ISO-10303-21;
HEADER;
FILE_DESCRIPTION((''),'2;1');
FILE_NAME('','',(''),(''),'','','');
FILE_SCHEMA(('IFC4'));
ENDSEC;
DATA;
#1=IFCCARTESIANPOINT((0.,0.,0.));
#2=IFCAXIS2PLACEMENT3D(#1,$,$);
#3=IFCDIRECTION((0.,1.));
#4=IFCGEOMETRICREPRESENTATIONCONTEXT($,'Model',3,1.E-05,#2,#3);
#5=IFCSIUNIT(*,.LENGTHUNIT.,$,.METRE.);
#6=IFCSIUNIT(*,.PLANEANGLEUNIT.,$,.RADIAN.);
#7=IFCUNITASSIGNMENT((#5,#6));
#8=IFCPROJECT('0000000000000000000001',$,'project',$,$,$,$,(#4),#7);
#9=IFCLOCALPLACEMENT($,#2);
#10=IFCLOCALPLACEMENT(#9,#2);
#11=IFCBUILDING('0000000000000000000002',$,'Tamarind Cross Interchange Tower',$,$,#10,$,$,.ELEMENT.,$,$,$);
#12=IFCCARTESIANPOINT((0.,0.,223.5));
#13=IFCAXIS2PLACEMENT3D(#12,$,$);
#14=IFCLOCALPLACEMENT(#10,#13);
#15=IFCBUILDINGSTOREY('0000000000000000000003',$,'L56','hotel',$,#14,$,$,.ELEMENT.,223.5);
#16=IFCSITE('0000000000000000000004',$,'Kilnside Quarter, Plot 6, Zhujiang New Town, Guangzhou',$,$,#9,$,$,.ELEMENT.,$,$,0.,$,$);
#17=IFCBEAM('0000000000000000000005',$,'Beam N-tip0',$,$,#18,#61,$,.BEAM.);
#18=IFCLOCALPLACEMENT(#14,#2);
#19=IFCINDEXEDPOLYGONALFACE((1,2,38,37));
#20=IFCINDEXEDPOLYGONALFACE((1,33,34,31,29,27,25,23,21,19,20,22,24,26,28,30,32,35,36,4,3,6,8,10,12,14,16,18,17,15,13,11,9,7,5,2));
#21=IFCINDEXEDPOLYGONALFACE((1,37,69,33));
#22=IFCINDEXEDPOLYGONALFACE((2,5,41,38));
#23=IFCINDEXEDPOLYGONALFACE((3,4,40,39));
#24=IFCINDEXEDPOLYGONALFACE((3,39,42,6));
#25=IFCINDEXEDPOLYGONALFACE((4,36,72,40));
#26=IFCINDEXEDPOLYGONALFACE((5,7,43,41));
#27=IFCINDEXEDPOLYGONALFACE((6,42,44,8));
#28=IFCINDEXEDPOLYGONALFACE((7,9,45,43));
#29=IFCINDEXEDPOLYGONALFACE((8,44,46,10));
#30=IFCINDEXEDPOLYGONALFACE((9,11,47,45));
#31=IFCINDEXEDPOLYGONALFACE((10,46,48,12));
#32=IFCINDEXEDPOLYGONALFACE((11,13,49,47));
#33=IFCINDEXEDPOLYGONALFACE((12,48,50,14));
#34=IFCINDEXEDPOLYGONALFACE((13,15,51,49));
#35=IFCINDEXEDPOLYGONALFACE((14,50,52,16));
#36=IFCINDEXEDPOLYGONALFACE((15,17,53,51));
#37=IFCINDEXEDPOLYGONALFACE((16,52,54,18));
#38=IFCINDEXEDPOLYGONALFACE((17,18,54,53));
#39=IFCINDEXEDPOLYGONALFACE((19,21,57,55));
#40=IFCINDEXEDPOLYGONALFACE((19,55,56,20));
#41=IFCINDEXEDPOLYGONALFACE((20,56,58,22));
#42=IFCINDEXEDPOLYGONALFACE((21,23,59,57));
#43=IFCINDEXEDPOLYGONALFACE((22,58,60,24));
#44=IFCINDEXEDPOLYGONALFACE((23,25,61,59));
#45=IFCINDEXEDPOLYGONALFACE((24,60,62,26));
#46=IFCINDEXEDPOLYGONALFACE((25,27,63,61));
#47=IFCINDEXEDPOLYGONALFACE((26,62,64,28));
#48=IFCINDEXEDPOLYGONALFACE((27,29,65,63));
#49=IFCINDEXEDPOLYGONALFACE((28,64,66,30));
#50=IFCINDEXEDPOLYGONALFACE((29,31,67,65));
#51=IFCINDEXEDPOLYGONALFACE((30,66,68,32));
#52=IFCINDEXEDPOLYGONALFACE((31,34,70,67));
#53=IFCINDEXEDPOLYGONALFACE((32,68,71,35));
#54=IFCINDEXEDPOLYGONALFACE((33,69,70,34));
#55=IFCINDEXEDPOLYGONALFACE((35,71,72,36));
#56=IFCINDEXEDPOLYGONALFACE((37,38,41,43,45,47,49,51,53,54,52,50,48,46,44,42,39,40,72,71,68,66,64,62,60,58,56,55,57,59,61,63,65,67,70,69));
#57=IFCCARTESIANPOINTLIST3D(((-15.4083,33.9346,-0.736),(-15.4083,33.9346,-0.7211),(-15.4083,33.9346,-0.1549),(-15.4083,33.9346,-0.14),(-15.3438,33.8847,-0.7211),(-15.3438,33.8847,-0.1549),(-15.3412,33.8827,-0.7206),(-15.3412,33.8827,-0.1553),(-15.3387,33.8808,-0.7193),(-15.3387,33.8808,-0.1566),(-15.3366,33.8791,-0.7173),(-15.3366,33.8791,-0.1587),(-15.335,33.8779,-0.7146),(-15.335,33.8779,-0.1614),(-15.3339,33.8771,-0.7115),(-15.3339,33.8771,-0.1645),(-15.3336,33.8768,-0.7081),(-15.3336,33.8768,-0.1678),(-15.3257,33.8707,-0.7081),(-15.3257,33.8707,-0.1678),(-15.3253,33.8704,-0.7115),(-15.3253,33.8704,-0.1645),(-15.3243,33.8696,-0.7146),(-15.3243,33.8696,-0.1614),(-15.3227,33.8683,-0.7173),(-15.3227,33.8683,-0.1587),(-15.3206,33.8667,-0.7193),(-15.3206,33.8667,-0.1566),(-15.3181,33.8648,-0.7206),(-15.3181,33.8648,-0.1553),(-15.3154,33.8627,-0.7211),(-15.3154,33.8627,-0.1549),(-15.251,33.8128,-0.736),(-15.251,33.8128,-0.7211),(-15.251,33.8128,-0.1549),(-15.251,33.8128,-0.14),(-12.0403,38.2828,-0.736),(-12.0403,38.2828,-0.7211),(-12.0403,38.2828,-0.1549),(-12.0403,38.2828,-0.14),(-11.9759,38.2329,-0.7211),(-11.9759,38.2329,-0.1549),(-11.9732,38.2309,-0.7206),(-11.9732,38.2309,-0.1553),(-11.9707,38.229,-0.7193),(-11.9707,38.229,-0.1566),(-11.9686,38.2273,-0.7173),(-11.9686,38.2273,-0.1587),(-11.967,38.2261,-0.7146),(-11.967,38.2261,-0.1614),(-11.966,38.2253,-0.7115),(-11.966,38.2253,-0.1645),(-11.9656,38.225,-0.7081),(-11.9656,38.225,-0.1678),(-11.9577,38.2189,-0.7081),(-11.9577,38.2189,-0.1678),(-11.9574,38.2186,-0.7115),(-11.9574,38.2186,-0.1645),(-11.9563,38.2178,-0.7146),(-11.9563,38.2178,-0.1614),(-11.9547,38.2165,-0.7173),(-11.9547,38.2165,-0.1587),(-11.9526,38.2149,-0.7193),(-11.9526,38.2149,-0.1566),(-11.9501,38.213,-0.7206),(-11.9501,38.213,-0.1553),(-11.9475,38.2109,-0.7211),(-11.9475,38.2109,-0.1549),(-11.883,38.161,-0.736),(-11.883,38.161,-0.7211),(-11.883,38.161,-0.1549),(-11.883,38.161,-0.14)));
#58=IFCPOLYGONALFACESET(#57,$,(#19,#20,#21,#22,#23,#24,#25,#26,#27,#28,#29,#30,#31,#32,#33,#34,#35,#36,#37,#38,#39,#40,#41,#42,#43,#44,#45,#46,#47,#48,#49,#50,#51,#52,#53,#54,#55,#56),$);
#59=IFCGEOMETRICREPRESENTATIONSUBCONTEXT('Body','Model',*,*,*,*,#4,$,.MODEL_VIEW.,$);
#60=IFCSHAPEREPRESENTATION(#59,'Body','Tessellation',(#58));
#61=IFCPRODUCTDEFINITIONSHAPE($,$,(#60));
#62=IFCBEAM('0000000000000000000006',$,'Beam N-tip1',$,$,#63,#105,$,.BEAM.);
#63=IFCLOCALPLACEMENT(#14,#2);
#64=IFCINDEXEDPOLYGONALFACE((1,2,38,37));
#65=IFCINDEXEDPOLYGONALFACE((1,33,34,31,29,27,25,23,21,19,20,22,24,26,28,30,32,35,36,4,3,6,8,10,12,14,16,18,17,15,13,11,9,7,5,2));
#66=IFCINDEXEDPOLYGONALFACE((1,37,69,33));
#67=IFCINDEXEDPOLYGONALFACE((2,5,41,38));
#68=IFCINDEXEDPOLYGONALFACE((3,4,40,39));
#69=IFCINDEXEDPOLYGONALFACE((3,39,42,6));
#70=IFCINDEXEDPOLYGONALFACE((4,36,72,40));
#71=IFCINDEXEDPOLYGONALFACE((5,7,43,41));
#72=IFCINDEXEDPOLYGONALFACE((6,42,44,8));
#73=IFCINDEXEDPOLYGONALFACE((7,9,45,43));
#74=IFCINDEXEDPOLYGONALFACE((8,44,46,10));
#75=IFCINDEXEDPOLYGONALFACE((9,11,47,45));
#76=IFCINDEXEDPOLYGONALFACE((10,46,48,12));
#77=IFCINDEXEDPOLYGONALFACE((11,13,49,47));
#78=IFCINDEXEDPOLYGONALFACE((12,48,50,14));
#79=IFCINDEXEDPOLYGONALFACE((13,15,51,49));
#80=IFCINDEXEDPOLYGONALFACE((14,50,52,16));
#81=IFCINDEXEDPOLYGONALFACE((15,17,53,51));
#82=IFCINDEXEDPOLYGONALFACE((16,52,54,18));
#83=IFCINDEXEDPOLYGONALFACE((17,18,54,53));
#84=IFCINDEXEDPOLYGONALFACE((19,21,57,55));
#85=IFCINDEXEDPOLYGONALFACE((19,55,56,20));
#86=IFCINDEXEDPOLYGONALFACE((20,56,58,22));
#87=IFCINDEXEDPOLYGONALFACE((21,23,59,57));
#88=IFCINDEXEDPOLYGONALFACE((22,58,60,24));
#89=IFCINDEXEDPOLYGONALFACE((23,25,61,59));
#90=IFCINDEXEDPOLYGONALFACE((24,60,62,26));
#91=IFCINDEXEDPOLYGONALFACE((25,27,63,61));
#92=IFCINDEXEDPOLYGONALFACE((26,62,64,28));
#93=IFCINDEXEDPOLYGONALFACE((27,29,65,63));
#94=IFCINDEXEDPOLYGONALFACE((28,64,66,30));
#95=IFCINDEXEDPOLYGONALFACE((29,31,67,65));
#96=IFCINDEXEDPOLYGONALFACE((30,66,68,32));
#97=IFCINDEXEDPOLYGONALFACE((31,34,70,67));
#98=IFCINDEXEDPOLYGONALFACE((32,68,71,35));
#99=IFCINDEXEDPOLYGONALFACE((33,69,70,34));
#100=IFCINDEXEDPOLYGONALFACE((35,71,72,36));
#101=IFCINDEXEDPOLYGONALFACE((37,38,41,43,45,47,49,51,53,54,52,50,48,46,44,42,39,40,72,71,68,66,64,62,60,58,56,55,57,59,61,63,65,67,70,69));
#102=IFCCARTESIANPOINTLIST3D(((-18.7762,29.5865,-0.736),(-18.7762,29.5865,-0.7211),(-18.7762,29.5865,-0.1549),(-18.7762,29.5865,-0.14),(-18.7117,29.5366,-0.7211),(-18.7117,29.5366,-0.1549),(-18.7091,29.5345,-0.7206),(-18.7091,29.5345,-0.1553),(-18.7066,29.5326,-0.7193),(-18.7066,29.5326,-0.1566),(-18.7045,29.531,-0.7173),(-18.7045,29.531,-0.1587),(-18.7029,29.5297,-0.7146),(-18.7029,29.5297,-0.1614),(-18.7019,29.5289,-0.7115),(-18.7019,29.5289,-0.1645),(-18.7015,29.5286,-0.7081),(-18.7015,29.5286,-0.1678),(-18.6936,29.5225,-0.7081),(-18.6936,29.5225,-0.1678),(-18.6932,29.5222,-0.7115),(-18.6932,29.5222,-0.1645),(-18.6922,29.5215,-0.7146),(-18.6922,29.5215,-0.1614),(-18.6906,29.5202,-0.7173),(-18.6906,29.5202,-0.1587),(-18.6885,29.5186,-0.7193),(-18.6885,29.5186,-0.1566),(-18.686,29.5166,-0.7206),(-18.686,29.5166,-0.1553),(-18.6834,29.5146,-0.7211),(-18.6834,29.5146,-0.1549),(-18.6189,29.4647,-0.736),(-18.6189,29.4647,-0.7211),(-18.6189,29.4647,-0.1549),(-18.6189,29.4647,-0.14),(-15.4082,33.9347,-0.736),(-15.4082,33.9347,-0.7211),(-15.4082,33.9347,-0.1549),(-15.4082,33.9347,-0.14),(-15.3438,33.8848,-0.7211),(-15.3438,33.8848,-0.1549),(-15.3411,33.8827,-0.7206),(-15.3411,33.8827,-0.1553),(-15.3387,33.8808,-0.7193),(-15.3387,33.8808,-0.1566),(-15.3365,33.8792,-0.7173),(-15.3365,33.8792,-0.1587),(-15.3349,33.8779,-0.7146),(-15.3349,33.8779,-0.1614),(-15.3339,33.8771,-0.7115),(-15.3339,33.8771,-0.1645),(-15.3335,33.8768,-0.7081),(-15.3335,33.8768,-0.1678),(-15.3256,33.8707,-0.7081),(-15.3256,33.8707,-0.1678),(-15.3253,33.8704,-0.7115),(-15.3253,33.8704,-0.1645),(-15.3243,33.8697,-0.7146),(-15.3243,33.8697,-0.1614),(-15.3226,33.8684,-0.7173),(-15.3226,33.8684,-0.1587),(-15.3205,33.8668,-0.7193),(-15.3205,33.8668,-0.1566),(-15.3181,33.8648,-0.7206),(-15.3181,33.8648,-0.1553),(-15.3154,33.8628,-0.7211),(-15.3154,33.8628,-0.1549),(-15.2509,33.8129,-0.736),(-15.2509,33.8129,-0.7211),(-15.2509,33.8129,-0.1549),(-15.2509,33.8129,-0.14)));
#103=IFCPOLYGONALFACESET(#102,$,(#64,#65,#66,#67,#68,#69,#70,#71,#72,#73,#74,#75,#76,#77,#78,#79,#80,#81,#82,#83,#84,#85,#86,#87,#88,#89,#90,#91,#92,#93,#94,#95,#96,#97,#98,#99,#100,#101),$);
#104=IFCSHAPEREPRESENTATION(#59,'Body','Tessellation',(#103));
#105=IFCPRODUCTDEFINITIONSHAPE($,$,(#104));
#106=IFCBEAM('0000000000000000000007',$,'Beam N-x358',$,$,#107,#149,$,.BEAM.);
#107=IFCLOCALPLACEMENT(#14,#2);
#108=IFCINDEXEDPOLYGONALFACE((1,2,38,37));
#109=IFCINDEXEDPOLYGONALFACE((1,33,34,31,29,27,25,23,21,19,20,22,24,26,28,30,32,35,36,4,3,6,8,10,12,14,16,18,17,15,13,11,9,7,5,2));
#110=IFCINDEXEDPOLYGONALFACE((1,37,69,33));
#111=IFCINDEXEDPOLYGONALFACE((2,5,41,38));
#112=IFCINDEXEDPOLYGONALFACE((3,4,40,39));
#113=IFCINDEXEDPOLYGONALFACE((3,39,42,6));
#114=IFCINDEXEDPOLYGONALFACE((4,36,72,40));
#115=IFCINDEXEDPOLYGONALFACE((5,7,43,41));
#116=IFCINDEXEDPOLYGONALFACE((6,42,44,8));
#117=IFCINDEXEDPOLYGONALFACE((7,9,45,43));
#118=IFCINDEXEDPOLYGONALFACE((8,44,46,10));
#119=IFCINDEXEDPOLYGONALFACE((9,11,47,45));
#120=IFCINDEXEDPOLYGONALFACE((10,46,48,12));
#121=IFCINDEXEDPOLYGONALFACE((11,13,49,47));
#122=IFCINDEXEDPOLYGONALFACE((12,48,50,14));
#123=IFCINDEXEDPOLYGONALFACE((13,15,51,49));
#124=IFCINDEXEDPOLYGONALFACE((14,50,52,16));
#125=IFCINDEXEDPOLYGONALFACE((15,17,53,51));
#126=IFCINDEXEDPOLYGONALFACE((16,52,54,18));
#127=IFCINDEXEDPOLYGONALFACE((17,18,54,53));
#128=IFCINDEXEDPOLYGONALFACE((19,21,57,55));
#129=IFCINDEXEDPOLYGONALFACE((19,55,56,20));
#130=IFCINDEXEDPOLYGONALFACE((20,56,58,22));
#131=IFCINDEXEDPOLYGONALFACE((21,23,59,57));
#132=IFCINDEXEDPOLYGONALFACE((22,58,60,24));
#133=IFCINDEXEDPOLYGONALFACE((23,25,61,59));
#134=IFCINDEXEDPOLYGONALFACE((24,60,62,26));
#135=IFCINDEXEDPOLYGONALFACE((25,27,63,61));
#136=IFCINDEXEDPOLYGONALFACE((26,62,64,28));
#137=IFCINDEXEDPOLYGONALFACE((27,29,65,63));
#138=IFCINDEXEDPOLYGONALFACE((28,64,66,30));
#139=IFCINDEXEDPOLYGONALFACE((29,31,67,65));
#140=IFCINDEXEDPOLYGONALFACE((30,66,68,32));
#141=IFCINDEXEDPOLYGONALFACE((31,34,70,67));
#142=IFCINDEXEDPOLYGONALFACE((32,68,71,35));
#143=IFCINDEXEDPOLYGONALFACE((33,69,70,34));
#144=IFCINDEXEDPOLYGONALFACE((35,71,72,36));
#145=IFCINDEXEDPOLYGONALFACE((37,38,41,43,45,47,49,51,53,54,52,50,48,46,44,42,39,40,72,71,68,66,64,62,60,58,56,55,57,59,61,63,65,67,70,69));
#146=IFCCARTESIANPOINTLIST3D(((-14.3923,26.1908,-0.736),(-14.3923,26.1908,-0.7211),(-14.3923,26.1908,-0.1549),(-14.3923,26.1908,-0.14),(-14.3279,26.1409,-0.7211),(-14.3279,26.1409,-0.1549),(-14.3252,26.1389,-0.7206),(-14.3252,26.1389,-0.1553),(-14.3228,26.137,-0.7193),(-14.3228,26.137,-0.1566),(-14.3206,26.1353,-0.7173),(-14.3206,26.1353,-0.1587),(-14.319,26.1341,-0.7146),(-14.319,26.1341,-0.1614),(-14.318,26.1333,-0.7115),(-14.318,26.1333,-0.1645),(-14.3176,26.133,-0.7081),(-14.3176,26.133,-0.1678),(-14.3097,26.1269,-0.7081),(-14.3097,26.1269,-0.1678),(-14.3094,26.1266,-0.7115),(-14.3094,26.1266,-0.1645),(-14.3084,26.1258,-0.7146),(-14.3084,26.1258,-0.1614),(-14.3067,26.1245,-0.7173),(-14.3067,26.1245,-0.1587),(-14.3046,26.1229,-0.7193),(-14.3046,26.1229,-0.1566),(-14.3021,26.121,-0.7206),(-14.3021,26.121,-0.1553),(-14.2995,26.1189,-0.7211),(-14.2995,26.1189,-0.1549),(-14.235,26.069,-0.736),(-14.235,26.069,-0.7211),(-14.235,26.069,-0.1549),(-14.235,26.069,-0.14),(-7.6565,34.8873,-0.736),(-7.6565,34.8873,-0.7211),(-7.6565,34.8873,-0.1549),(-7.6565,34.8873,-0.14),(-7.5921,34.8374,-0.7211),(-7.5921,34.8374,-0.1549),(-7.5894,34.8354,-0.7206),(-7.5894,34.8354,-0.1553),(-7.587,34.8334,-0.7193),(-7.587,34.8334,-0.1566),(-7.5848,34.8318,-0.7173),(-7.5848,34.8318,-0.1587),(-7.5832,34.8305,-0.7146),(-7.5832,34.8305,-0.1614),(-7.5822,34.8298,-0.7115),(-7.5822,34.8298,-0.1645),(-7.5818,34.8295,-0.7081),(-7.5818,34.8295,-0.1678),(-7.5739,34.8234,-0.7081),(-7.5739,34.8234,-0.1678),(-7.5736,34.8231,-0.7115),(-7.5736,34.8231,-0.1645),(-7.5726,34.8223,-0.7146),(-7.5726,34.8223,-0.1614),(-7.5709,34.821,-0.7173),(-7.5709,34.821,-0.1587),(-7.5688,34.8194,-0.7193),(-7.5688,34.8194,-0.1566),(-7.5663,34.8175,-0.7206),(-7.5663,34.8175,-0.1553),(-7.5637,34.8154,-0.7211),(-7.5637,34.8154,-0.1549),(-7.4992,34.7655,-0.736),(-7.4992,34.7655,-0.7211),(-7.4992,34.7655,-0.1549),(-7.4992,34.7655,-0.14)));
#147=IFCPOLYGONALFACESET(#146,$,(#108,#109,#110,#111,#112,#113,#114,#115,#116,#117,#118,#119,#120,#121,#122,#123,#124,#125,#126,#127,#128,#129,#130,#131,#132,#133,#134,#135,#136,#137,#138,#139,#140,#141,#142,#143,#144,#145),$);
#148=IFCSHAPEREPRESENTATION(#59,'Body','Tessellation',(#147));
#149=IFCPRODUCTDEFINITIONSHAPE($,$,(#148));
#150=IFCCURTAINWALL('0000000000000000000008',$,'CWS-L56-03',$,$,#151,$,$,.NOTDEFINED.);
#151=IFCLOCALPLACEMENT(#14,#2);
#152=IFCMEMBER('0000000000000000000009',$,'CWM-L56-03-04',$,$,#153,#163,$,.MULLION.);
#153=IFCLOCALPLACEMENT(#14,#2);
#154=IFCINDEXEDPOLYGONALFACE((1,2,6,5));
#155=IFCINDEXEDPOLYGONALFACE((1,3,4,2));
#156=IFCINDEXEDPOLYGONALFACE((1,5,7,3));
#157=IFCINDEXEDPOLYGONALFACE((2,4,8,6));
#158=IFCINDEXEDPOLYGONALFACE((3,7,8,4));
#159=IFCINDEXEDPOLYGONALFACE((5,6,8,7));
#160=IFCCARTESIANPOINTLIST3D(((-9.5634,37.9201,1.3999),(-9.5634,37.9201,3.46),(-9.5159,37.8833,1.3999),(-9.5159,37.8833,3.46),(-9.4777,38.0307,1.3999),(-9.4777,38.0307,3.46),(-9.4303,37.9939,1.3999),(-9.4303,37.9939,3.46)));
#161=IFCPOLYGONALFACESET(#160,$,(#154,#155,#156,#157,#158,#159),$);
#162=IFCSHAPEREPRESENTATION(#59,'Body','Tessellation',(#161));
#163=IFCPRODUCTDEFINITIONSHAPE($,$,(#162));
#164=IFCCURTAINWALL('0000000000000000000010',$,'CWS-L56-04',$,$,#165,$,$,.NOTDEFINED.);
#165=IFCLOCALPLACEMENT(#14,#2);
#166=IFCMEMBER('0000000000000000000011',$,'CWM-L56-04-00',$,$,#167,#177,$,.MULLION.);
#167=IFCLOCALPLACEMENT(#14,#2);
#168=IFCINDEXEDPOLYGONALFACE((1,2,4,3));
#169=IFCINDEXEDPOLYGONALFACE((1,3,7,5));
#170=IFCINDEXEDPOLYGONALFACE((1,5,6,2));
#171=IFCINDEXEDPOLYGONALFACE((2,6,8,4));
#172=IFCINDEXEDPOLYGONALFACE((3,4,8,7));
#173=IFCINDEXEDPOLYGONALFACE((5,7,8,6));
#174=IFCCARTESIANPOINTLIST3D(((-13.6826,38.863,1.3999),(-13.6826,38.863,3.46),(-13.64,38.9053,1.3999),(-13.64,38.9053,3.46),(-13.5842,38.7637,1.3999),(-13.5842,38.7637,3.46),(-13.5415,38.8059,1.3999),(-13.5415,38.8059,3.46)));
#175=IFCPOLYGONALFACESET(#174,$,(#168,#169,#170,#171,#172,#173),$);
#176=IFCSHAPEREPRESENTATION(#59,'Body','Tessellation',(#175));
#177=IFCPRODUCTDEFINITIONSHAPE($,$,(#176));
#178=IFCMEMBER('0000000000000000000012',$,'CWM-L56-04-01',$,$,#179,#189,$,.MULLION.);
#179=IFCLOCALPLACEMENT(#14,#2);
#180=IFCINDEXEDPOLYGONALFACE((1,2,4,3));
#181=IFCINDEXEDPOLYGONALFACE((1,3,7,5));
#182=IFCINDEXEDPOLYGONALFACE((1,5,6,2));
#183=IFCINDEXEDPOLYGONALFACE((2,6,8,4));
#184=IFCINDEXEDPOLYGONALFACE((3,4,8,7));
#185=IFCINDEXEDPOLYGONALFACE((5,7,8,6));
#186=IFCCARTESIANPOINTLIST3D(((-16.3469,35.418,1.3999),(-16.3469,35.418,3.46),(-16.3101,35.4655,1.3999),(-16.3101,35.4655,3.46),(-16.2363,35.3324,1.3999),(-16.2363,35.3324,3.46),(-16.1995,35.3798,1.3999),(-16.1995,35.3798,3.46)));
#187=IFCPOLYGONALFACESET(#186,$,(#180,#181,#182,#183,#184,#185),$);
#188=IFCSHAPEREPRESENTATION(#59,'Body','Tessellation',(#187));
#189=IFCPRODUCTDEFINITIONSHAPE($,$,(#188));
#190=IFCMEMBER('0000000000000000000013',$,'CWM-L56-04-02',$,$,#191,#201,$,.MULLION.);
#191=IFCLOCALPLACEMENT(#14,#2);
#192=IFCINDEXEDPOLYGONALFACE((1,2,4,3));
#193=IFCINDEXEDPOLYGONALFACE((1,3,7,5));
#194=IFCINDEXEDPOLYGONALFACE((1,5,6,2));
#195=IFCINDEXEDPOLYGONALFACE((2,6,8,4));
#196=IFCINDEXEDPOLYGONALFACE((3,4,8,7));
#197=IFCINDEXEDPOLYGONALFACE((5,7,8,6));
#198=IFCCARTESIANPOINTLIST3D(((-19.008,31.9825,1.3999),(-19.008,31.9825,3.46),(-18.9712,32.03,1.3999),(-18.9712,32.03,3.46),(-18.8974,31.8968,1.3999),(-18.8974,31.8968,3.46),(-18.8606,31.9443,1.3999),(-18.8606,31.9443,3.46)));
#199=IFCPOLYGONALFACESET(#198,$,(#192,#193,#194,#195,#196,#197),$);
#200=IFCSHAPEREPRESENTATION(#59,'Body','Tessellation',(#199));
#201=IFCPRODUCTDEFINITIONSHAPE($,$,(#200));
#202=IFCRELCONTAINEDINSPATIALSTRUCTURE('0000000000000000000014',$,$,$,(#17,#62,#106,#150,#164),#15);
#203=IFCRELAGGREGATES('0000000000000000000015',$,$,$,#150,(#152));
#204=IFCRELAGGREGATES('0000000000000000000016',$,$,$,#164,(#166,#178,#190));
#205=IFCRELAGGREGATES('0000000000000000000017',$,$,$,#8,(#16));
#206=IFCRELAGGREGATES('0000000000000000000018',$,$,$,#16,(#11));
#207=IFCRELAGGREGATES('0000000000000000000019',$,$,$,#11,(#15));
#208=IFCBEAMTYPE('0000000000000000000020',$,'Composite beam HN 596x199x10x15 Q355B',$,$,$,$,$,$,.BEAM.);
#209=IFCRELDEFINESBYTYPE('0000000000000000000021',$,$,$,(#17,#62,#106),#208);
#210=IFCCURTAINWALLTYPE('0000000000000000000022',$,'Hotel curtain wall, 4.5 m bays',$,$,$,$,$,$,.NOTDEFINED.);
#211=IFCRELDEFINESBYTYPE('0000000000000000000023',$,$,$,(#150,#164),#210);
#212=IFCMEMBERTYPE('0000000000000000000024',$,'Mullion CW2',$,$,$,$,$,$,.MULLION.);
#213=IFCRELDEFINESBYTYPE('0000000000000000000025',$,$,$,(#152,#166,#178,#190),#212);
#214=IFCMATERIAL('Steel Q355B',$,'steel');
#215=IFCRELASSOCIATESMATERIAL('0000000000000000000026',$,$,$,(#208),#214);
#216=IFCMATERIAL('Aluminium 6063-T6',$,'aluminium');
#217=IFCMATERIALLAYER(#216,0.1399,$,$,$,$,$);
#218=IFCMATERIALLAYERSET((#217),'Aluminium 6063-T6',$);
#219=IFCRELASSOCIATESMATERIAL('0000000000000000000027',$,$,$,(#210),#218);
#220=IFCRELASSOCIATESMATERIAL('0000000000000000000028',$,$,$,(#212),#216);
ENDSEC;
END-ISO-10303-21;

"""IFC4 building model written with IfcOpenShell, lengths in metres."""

from ifc_helpers import new_model, si_unit, direction, frame, origin, origin_2d, place, context, subcontext, project, spatial, rectangle, i_section, extrude, material, layer, layer_set, material_profile, profile_set, type_object, element, aggregate, save


model = new_model("IFC4")

# Units and contexts
model_context = context("Model", 3, precision=1e-05, world=origin(), true_north=direction((0.0, 1.0)))
body_context = subcontext(model_context, "Body", "Model", "MODEL_VIEW")
ifc_project = project(units=[si_unit("LENGTHUNIT", "METRE"), si_unit("PLANEANGLEUNIT", "RADIAN")], contexts=[model_context])

# Site, building, storey
site_placement = place(None, origin())
site = spatial("IfcSite", under=ifc_project, at=site_placement, Name="Kilnside Quarter, Plot 6, Zhujiang New Town, Guangzhou", CompositionType="ELEMENT", RefElevation=0.0)
building_placement = place(site_placement, origin())
building = spatial("IfcBuilding", under=site, at=building_placement, Name="Tamarind Cross Interchange Tower", CompositionType="ELEMENT")
storey_placement = place(building_placement, frame((0.0, 0.0, 223.5)))
storey = spatial("IfcBuildingStorey", under=building, at=storey_placement, Name="L56", Description="hotel", CompositionType="ELEMENT", Elevation=223.5)

# Beams
ifc_material_1 = material(Name="Steel Q355B", Category="steel")
ifc_material_profile_1 = material_profile(ifc_material_1, i_section(OverallWidth=0.199, OverallDepth=0.5959, WebThickness=0.01, FlangeThickness=0.0149, FilletRadius=0.0129, at=origin_2d()), Name="HN 596x199x10x15")
ifc_profile_set_1 = profile_set([ifc_material_profile_1], Name="Steel Q355B")
beam_type_1 = type_object("IfcBeamType", Name="Composite beam HN 596x199x10x15 Q355B", PredefinedType="BEAM", material=ifc_profile_set_1)
for number, where, z_axis, x_axis, name in (
    (1, (-11.9617, 38.2219, -0.438), (-0.612357, -0.790582, 0.0), (0.790582, -0.612357, 0.0), "Beam N-tip0"),
    (2, (-15.3296, 33.8738, -0.438), (-0.612357, -0.790582, 0.0), (0.790582, -0.612357, 0.0), "Beam N-tip1"),
):
    element("IfcBeam", number, at=place(storey_placement, frame(where, z_axis=z_axis, x_axis=x_axis)), inside=storey, type_object=beam_type_1, Name=name, PredefinedType="BEAM", context=body_context, shape_type="SweptSolid", body=[
        extrude(i_section(OverallWidth=0.199, OverallDepth=0.5959, WebThickness=0.01, FlangeThickness=0.0149, FilletRadius=0.0129, at=origin_2d()), origin(), (0.0, 0.0, 1.0), 5.5),
    ])
beam_1_placement = place(storey_placement, frame((-7.5779, 34.8264, -0.438), z_axis=(-0.612346, -0.79059, 0.0), x_axis=(0.79059, -0.612346, 0.0)))
element("IfcBeam", 3, at=beam_1_placement, inside=storey, type_object=beam_type_1, Name="Beam N-x358", PredefinedType="BEAM", context=body_context, shape_type="SweptSolid", body=[
    extrude(i_section(OverallWidth=0.199, OverallDepth=0.5959, WebThickness=0.01, FlangeThickness=0.0149, FilletRadius=0.0129, at=origin_2d()), origin(), (0.0, 0.0, 1.0), 11.0),
])

# Curtain wall, member
ifc_material_2 = material(Name="Aluminium 6063-T6", Category="aluminium")
ifc_layer_1 = layer(ifc_material_2, 0.1399)
ifc_layer_set_1 = layer_set([ifc_layer_1], Name="Aluminium 6063-T6")
curtain_wall_type = type_object("IfcCurtainWallType", Name="Hotel curtain wall, 4.5 m bays", PredefinedType="NOTDEFINED", material=ifc_layer_set_1)
curtain_wall_1_placement = place(storey_placement, origin())
curtain_wall_1 = element("IfcCurtainWall", 4, at=curtain_wall_1_placement, inside=storey, type_object=curtain_wall_type, Name="CWS-L56-03", PredefinedType="NOTDEFINED")
ifc_material_profile_2 = material_profile(ifc_material_2, rectangle(XDim=0.0601, YDim=0.1399, at=origin_2d()), Name="Mullion CW2")
ifc_profile_set_2 = profile_set([ifc_material_profile_2], Name="Aluminium 6063-T6")
member_type = type_object("IfcMemberType", Name="Mullion CW2", PredefinedType="MULLION", material=ifc_profile_set_2)
member_1_placement = place(storey_placement, frame((-9.4968, 37.957, 1.3999), z_axis=(0.0, 0.0, 1.0), x_axis=(-0.790583, 0.612355, 0.0)))
member_1 = element("IfcMember", 5, at=member_1_placement, type_object=member_type, Name="CWM-L56-03-04", PredefinedType="MULLION", context=body_context, shape_type="SweptSolid", body=[
    extrude(rectangle(XDim=0.0601, YDim=0.1399, at=origin_2d()), origin(), (0.0, 0.0, 1.0), 2.0601),
])
aggregate(curtain_wall_1, [member_1])

# Curtain wall, members
curtain_wall_2_placement = place(storey_placement, origin())
curtain_wall_2 = element("IfcCurtainWall", 6, at=curtain_wall_2_placement, inside=storey, type_object=curtain_wall_type, Name="CWS-L56-04", PredefinedType="NOTDEFINED")
member_2_placement = place(storey_placement, frame((-13.6121, 38.8345, 1.3999), z_axis=(0.0, 0.0, 1.0), x_axis=(-0.710308, -0.703891, 0.0)))
member_2 = element("IfcMember", 7, at=member_2_placement, type_object=member_type, Name="CWM-L56-04-00", PredefinedType="MULLION", context=body_context, shape_type="SweptSolid", body=[
    extrude(rectangle(XDim=0.0601, YDim=0.1399, at=origin_2d()), origin(), (0.0, 0.0, 1.0), 2.0601),
])
member_3_placement = place(storey_placement, frame((-16.2732, 35.3989, 1.3999), z_axis=(0.0, 0.0, 1.0), x_axis=(-0.612355, -0.790583, 0.0)))
member_3 = element("IfcMember", 8, at=member_3_placement, type_object=member_type, Name="CWM-L56-04-01", PredefinedType="MULLION", context=body_context, shape_type="SweptSolid", body=[
    extrude(rectangle(XDim=0.0601, YDim=0.1399, at=origin_2d()), origin(), (0.0, 0.0, 1.0), 2.0601),
])
member_4_placement = place(storey_placement, frame((-18.9343, 31.9634, 1.3999), z_axis=(0.0, 0.0, 1.0), x_axis=(-0.612355, -0.790583, 0.0)))
member_4 = element("IfcMember", 9, at=member_4_placement, type_object=member_type, Name="CWM-L56-04-02", PredefinedType="MULLION", context=body_context, shape_type="SweptSolid", body=[
    extrude(rectangle(XDim=0.0601, YDim=0.1399, at=origin_2d()), origin(), (0.0, 0.0, 1.0), 2.0601),
])
aggregate(curtain_wall_2, [member_2, member_3, member_4])

save(model, "model.ifc")
